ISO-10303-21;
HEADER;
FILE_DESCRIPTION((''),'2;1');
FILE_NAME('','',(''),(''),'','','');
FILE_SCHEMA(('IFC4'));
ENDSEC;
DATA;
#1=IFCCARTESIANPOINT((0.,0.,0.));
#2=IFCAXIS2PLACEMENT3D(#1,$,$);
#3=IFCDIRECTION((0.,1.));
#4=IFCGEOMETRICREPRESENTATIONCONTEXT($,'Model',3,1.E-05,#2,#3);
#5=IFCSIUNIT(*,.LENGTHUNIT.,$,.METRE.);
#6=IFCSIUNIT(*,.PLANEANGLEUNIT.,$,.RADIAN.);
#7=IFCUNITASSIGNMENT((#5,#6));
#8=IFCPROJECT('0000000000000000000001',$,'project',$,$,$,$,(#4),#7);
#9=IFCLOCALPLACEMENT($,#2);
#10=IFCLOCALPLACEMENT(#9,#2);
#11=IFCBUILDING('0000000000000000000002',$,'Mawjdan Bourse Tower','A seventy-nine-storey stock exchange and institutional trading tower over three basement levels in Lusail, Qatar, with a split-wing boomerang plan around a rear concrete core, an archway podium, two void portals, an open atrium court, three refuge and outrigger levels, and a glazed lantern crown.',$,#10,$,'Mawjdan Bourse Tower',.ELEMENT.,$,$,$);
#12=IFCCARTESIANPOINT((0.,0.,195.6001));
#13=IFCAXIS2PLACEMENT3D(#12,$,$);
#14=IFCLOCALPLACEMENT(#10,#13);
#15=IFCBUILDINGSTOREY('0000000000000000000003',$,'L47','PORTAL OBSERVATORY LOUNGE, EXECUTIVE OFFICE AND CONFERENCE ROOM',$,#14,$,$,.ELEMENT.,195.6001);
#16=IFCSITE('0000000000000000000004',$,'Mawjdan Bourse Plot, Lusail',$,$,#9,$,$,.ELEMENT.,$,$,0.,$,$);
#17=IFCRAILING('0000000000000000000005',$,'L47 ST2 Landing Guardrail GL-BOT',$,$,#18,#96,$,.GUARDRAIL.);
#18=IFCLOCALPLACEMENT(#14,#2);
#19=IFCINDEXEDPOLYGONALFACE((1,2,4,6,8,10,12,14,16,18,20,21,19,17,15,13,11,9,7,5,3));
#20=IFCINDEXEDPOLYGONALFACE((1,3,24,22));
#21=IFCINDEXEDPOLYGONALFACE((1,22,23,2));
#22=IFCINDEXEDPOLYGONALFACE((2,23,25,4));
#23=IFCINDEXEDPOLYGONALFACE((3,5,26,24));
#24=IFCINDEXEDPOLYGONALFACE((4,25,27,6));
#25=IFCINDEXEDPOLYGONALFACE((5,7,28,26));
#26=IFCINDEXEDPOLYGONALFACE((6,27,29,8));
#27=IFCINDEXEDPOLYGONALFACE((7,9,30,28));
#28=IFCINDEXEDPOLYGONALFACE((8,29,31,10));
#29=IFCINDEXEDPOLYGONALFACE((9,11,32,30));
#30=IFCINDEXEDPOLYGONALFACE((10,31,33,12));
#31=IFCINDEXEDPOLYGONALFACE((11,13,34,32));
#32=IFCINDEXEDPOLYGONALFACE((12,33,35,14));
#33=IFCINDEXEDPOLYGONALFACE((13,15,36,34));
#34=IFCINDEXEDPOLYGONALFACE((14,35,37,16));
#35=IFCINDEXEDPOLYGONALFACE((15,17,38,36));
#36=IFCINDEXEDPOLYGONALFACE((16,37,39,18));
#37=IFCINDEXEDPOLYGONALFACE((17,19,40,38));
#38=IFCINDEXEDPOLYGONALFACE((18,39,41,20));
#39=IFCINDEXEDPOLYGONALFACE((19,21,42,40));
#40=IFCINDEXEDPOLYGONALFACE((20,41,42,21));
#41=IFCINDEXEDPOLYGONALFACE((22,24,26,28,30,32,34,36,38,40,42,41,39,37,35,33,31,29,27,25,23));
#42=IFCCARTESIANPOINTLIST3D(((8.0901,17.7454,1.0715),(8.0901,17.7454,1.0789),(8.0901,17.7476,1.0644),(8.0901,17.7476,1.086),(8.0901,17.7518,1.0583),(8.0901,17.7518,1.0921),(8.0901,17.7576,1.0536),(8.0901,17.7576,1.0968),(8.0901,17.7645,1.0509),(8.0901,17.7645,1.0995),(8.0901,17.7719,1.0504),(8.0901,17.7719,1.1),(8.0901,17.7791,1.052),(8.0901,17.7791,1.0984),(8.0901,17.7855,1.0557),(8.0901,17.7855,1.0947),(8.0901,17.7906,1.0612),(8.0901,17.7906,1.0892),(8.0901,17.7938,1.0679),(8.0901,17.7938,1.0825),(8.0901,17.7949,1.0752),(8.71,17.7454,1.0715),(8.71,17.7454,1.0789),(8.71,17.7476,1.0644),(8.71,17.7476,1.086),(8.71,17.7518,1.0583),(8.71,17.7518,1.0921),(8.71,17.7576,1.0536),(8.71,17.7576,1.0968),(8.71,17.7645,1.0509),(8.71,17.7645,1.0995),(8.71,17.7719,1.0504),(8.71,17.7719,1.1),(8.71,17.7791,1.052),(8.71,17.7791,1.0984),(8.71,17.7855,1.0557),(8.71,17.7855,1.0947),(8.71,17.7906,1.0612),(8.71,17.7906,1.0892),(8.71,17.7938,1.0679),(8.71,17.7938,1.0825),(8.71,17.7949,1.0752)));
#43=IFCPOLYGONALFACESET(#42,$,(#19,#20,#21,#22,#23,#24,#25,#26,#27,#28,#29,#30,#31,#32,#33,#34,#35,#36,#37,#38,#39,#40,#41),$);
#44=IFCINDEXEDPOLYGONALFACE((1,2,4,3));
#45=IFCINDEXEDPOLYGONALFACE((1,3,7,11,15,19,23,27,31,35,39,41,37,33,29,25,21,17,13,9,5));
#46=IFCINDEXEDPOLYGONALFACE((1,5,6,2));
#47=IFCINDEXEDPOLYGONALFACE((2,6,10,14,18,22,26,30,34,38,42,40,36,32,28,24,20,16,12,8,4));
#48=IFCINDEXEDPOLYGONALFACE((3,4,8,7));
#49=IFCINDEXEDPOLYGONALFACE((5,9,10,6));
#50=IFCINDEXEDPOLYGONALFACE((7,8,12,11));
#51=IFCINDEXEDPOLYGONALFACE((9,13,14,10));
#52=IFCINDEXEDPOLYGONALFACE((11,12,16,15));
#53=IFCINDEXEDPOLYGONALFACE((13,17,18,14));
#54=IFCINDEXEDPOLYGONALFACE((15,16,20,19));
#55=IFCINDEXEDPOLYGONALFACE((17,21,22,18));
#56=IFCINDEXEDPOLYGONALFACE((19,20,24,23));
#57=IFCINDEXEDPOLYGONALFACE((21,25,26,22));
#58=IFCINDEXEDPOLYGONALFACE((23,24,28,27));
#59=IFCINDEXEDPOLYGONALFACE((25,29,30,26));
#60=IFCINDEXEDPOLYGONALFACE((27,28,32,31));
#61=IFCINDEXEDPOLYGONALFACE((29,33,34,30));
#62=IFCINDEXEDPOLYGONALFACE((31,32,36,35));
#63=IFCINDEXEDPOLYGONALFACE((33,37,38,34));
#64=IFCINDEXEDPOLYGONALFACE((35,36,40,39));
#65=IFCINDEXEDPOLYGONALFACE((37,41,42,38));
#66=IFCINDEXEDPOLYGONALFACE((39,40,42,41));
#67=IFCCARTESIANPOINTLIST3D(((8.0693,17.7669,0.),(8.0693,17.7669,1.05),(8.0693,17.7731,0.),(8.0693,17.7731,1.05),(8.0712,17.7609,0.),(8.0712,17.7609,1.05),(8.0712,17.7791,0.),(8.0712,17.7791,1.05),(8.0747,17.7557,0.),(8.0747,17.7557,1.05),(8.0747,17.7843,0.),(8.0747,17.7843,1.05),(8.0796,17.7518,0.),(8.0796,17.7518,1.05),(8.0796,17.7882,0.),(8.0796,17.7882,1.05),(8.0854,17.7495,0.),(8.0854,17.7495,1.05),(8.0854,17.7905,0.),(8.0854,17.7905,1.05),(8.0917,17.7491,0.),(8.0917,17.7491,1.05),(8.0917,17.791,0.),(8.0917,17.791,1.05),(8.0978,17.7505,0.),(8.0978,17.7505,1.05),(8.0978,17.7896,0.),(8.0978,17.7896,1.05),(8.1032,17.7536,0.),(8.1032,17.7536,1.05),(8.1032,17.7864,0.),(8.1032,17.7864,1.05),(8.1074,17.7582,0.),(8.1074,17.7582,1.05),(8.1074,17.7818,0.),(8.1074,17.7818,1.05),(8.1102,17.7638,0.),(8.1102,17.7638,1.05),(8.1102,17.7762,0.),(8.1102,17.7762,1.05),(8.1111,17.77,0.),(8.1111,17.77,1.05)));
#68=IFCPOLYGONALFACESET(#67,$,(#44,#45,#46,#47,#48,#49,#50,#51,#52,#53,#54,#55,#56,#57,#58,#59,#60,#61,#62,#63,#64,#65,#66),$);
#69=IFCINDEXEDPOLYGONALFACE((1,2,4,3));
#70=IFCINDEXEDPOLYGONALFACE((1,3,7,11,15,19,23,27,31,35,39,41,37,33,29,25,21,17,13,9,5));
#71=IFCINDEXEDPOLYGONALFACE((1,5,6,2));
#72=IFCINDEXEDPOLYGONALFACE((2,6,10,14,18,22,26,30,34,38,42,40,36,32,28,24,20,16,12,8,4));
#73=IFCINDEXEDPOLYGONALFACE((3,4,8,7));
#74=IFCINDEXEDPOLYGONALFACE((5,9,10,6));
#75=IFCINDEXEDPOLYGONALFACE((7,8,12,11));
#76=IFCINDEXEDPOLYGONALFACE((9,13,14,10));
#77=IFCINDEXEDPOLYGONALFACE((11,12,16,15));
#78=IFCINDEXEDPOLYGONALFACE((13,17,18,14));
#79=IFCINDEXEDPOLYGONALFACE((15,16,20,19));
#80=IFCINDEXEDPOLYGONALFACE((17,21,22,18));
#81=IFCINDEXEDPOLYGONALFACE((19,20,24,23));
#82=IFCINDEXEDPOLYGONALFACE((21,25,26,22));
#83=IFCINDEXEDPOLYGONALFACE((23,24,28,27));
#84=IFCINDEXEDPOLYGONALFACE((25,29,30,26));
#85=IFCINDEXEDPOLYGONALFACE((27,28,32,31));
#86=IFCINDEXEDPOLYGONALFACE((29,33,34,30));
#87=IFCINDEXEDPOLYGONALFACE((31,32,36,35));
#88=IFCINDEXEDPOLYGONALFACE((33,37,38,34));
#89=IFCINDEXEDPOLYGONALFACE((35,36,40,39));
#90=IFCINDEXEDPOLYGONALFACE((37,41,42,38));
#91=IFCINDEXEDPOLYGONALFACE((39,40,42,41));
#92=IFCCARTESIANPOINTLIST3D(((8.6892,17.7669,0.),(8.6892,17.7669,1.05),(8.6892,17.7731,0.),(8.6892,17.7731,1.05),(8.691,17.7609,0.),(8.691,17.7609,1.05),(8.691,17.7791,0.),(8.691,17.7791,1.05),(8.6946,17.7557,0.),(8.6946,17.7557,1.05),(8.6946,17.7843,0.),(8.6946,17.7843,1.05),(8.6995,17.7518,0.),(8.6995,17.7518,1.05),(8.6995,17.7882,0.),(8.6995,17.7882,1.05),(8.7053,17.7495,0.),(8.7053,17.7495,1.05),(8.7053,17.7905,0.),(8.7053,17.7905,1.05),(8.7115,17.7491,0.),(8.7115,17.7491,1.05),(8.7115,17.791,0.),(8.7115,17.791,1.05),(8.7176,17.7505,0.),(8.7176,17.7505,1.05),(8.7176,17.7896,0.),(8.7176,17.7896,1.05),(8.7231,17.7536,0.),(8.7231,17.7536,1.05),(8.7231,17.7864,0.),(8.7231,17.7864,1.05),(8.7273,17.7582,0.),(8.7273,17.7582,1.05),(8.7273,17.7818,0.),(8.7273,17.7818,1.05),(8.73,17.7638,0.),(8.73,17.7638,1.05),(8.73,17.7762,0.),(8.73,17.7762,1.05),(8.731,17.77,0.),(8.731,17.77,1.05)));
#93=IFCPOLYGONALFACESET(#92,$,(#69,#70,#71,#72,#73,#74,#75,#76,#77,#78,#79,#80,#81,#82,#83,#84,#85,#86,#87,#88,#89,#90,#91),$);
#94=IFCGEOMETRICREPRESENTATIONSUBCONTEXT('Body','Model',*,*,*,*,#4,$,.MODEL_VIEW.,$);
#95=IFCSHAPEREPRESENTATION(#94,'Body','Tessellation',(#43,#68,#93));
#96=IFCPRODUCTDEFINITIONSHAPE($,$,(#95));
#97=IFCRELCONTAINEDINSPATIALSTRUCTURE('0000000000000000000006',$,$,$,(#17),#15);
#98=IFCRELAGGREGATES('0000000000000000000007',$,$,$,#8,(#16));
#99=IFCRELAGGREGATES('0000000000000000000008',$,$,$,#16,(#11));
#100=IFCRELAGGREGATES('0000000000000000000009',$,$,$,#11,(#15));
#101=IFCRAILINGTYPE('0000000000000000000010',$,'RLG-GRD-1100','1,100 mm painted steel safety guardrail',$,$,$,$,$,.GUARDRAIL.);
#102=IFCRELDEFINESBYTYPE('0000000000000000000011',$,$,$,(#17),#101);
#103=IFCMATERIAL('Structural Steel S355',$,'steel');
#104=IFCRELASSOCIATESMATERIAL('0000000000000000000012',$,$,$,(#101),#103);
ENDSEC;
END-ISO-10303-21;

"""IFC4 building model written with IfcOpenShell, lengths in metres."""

from ifc_helpers import new_model, si_unit, direction, frame, origin, origin_2d, place, context, subcontext, project, spatial, circle, extrude, material, type_object, element, save


model = new_model("IFC4")

# Units and contexts
model_context = context("Model", 3, precision=1e-05, world=origin(), true_north=direction((0.0, 1.0)))
body_context = subcontext(model_context, "Body", "Model", "MODEL_VIEW")
ifc_project = project(units=[si_unit("LENGTHUNIT", "METRE"), si_unit("PLANEANGLEUNIT", "RADIAN")], contexts=[model_context])

# Site, building, storey
site_placement = place(None, origin())
site = spatial("IfcSite", under=ifc_project, at=site_placement, Name="Mawjdan Bourse Plot, Lusail", CompositionType="ELEMENT", RefElevation=0.0)
building_placement = place(site_placement, origin())
building = spatial("IfcBuilding", under=site, at=building_placement, Name="Mawjdan Bourse Tower", Description="A seventy-nine-storey stock exchange and institutional trading tower over three basement levels in Lusail, Qatar, with a split-wing boomerang plan around a rear concrete core, an archway podium, two void portals, an open atrium court, three refuge and outrigger levels, and a glazed lantern crown.", LongName="Mawjdan Bourse Tower", CompositionType="ELEMENT")
storey_placement = place(building_placement, frame((0.0, 0.0, 195.6001)))
storey = spatial("IfcBuildingStorey", under=building, at=storey_placement, Name="L47", Description="PORTAL OBSERVATORY LOUNGE, EXECUTIVE OFFICE AND CONFERENCE ROOM", CompositionType="ELEMENT", Elevation=195.6001)

# Shared definitions
ifc_material_1 = material(Name="Structural Steel S355", Category="steel")

# Railing
railing_type_1 = type_object("IfcRailingType", Name="RLG-GRD-1100", Description="1,100 mm painted steel safety guardrail", PredefinedType="GUARDRAIL", material=ifc_material_1)
for number, where, name in (
    (1, (8.0901, 17.77, 0.0), "L47 ST2 Landing Guardrail GL-BOT"),
):
    element("IfcRailing", number, at=place(storey_placement, frame(where)), inside=storey, type_object=railing_type_1, Name=name, PredefinedType="GUARDRAIL", context=body_context, shape_type="SweptSolid", body=[
        extrude(circle(Radius=0.0249, at=origin_2d()), frame((0.0, 0.0, 1.0752), z_axis=(1.0, 0.0, 0.0), x_axis=(0.0, 1.0, 0.0)), (0.0, 0.0, 1.0), 0.6199),
        extrude(circle(Radius=0.021, at=origin_2d()), origin(), (0.0, 0.0, 1.0), 1.05),
        extrude(circle(Radius=0.021, at=origin_2d()), frame((0.6199, 0.0, 0.0)), (0.0, 0.0, 1.0), 1.05),
    ])

save(model, "model.ifc")
